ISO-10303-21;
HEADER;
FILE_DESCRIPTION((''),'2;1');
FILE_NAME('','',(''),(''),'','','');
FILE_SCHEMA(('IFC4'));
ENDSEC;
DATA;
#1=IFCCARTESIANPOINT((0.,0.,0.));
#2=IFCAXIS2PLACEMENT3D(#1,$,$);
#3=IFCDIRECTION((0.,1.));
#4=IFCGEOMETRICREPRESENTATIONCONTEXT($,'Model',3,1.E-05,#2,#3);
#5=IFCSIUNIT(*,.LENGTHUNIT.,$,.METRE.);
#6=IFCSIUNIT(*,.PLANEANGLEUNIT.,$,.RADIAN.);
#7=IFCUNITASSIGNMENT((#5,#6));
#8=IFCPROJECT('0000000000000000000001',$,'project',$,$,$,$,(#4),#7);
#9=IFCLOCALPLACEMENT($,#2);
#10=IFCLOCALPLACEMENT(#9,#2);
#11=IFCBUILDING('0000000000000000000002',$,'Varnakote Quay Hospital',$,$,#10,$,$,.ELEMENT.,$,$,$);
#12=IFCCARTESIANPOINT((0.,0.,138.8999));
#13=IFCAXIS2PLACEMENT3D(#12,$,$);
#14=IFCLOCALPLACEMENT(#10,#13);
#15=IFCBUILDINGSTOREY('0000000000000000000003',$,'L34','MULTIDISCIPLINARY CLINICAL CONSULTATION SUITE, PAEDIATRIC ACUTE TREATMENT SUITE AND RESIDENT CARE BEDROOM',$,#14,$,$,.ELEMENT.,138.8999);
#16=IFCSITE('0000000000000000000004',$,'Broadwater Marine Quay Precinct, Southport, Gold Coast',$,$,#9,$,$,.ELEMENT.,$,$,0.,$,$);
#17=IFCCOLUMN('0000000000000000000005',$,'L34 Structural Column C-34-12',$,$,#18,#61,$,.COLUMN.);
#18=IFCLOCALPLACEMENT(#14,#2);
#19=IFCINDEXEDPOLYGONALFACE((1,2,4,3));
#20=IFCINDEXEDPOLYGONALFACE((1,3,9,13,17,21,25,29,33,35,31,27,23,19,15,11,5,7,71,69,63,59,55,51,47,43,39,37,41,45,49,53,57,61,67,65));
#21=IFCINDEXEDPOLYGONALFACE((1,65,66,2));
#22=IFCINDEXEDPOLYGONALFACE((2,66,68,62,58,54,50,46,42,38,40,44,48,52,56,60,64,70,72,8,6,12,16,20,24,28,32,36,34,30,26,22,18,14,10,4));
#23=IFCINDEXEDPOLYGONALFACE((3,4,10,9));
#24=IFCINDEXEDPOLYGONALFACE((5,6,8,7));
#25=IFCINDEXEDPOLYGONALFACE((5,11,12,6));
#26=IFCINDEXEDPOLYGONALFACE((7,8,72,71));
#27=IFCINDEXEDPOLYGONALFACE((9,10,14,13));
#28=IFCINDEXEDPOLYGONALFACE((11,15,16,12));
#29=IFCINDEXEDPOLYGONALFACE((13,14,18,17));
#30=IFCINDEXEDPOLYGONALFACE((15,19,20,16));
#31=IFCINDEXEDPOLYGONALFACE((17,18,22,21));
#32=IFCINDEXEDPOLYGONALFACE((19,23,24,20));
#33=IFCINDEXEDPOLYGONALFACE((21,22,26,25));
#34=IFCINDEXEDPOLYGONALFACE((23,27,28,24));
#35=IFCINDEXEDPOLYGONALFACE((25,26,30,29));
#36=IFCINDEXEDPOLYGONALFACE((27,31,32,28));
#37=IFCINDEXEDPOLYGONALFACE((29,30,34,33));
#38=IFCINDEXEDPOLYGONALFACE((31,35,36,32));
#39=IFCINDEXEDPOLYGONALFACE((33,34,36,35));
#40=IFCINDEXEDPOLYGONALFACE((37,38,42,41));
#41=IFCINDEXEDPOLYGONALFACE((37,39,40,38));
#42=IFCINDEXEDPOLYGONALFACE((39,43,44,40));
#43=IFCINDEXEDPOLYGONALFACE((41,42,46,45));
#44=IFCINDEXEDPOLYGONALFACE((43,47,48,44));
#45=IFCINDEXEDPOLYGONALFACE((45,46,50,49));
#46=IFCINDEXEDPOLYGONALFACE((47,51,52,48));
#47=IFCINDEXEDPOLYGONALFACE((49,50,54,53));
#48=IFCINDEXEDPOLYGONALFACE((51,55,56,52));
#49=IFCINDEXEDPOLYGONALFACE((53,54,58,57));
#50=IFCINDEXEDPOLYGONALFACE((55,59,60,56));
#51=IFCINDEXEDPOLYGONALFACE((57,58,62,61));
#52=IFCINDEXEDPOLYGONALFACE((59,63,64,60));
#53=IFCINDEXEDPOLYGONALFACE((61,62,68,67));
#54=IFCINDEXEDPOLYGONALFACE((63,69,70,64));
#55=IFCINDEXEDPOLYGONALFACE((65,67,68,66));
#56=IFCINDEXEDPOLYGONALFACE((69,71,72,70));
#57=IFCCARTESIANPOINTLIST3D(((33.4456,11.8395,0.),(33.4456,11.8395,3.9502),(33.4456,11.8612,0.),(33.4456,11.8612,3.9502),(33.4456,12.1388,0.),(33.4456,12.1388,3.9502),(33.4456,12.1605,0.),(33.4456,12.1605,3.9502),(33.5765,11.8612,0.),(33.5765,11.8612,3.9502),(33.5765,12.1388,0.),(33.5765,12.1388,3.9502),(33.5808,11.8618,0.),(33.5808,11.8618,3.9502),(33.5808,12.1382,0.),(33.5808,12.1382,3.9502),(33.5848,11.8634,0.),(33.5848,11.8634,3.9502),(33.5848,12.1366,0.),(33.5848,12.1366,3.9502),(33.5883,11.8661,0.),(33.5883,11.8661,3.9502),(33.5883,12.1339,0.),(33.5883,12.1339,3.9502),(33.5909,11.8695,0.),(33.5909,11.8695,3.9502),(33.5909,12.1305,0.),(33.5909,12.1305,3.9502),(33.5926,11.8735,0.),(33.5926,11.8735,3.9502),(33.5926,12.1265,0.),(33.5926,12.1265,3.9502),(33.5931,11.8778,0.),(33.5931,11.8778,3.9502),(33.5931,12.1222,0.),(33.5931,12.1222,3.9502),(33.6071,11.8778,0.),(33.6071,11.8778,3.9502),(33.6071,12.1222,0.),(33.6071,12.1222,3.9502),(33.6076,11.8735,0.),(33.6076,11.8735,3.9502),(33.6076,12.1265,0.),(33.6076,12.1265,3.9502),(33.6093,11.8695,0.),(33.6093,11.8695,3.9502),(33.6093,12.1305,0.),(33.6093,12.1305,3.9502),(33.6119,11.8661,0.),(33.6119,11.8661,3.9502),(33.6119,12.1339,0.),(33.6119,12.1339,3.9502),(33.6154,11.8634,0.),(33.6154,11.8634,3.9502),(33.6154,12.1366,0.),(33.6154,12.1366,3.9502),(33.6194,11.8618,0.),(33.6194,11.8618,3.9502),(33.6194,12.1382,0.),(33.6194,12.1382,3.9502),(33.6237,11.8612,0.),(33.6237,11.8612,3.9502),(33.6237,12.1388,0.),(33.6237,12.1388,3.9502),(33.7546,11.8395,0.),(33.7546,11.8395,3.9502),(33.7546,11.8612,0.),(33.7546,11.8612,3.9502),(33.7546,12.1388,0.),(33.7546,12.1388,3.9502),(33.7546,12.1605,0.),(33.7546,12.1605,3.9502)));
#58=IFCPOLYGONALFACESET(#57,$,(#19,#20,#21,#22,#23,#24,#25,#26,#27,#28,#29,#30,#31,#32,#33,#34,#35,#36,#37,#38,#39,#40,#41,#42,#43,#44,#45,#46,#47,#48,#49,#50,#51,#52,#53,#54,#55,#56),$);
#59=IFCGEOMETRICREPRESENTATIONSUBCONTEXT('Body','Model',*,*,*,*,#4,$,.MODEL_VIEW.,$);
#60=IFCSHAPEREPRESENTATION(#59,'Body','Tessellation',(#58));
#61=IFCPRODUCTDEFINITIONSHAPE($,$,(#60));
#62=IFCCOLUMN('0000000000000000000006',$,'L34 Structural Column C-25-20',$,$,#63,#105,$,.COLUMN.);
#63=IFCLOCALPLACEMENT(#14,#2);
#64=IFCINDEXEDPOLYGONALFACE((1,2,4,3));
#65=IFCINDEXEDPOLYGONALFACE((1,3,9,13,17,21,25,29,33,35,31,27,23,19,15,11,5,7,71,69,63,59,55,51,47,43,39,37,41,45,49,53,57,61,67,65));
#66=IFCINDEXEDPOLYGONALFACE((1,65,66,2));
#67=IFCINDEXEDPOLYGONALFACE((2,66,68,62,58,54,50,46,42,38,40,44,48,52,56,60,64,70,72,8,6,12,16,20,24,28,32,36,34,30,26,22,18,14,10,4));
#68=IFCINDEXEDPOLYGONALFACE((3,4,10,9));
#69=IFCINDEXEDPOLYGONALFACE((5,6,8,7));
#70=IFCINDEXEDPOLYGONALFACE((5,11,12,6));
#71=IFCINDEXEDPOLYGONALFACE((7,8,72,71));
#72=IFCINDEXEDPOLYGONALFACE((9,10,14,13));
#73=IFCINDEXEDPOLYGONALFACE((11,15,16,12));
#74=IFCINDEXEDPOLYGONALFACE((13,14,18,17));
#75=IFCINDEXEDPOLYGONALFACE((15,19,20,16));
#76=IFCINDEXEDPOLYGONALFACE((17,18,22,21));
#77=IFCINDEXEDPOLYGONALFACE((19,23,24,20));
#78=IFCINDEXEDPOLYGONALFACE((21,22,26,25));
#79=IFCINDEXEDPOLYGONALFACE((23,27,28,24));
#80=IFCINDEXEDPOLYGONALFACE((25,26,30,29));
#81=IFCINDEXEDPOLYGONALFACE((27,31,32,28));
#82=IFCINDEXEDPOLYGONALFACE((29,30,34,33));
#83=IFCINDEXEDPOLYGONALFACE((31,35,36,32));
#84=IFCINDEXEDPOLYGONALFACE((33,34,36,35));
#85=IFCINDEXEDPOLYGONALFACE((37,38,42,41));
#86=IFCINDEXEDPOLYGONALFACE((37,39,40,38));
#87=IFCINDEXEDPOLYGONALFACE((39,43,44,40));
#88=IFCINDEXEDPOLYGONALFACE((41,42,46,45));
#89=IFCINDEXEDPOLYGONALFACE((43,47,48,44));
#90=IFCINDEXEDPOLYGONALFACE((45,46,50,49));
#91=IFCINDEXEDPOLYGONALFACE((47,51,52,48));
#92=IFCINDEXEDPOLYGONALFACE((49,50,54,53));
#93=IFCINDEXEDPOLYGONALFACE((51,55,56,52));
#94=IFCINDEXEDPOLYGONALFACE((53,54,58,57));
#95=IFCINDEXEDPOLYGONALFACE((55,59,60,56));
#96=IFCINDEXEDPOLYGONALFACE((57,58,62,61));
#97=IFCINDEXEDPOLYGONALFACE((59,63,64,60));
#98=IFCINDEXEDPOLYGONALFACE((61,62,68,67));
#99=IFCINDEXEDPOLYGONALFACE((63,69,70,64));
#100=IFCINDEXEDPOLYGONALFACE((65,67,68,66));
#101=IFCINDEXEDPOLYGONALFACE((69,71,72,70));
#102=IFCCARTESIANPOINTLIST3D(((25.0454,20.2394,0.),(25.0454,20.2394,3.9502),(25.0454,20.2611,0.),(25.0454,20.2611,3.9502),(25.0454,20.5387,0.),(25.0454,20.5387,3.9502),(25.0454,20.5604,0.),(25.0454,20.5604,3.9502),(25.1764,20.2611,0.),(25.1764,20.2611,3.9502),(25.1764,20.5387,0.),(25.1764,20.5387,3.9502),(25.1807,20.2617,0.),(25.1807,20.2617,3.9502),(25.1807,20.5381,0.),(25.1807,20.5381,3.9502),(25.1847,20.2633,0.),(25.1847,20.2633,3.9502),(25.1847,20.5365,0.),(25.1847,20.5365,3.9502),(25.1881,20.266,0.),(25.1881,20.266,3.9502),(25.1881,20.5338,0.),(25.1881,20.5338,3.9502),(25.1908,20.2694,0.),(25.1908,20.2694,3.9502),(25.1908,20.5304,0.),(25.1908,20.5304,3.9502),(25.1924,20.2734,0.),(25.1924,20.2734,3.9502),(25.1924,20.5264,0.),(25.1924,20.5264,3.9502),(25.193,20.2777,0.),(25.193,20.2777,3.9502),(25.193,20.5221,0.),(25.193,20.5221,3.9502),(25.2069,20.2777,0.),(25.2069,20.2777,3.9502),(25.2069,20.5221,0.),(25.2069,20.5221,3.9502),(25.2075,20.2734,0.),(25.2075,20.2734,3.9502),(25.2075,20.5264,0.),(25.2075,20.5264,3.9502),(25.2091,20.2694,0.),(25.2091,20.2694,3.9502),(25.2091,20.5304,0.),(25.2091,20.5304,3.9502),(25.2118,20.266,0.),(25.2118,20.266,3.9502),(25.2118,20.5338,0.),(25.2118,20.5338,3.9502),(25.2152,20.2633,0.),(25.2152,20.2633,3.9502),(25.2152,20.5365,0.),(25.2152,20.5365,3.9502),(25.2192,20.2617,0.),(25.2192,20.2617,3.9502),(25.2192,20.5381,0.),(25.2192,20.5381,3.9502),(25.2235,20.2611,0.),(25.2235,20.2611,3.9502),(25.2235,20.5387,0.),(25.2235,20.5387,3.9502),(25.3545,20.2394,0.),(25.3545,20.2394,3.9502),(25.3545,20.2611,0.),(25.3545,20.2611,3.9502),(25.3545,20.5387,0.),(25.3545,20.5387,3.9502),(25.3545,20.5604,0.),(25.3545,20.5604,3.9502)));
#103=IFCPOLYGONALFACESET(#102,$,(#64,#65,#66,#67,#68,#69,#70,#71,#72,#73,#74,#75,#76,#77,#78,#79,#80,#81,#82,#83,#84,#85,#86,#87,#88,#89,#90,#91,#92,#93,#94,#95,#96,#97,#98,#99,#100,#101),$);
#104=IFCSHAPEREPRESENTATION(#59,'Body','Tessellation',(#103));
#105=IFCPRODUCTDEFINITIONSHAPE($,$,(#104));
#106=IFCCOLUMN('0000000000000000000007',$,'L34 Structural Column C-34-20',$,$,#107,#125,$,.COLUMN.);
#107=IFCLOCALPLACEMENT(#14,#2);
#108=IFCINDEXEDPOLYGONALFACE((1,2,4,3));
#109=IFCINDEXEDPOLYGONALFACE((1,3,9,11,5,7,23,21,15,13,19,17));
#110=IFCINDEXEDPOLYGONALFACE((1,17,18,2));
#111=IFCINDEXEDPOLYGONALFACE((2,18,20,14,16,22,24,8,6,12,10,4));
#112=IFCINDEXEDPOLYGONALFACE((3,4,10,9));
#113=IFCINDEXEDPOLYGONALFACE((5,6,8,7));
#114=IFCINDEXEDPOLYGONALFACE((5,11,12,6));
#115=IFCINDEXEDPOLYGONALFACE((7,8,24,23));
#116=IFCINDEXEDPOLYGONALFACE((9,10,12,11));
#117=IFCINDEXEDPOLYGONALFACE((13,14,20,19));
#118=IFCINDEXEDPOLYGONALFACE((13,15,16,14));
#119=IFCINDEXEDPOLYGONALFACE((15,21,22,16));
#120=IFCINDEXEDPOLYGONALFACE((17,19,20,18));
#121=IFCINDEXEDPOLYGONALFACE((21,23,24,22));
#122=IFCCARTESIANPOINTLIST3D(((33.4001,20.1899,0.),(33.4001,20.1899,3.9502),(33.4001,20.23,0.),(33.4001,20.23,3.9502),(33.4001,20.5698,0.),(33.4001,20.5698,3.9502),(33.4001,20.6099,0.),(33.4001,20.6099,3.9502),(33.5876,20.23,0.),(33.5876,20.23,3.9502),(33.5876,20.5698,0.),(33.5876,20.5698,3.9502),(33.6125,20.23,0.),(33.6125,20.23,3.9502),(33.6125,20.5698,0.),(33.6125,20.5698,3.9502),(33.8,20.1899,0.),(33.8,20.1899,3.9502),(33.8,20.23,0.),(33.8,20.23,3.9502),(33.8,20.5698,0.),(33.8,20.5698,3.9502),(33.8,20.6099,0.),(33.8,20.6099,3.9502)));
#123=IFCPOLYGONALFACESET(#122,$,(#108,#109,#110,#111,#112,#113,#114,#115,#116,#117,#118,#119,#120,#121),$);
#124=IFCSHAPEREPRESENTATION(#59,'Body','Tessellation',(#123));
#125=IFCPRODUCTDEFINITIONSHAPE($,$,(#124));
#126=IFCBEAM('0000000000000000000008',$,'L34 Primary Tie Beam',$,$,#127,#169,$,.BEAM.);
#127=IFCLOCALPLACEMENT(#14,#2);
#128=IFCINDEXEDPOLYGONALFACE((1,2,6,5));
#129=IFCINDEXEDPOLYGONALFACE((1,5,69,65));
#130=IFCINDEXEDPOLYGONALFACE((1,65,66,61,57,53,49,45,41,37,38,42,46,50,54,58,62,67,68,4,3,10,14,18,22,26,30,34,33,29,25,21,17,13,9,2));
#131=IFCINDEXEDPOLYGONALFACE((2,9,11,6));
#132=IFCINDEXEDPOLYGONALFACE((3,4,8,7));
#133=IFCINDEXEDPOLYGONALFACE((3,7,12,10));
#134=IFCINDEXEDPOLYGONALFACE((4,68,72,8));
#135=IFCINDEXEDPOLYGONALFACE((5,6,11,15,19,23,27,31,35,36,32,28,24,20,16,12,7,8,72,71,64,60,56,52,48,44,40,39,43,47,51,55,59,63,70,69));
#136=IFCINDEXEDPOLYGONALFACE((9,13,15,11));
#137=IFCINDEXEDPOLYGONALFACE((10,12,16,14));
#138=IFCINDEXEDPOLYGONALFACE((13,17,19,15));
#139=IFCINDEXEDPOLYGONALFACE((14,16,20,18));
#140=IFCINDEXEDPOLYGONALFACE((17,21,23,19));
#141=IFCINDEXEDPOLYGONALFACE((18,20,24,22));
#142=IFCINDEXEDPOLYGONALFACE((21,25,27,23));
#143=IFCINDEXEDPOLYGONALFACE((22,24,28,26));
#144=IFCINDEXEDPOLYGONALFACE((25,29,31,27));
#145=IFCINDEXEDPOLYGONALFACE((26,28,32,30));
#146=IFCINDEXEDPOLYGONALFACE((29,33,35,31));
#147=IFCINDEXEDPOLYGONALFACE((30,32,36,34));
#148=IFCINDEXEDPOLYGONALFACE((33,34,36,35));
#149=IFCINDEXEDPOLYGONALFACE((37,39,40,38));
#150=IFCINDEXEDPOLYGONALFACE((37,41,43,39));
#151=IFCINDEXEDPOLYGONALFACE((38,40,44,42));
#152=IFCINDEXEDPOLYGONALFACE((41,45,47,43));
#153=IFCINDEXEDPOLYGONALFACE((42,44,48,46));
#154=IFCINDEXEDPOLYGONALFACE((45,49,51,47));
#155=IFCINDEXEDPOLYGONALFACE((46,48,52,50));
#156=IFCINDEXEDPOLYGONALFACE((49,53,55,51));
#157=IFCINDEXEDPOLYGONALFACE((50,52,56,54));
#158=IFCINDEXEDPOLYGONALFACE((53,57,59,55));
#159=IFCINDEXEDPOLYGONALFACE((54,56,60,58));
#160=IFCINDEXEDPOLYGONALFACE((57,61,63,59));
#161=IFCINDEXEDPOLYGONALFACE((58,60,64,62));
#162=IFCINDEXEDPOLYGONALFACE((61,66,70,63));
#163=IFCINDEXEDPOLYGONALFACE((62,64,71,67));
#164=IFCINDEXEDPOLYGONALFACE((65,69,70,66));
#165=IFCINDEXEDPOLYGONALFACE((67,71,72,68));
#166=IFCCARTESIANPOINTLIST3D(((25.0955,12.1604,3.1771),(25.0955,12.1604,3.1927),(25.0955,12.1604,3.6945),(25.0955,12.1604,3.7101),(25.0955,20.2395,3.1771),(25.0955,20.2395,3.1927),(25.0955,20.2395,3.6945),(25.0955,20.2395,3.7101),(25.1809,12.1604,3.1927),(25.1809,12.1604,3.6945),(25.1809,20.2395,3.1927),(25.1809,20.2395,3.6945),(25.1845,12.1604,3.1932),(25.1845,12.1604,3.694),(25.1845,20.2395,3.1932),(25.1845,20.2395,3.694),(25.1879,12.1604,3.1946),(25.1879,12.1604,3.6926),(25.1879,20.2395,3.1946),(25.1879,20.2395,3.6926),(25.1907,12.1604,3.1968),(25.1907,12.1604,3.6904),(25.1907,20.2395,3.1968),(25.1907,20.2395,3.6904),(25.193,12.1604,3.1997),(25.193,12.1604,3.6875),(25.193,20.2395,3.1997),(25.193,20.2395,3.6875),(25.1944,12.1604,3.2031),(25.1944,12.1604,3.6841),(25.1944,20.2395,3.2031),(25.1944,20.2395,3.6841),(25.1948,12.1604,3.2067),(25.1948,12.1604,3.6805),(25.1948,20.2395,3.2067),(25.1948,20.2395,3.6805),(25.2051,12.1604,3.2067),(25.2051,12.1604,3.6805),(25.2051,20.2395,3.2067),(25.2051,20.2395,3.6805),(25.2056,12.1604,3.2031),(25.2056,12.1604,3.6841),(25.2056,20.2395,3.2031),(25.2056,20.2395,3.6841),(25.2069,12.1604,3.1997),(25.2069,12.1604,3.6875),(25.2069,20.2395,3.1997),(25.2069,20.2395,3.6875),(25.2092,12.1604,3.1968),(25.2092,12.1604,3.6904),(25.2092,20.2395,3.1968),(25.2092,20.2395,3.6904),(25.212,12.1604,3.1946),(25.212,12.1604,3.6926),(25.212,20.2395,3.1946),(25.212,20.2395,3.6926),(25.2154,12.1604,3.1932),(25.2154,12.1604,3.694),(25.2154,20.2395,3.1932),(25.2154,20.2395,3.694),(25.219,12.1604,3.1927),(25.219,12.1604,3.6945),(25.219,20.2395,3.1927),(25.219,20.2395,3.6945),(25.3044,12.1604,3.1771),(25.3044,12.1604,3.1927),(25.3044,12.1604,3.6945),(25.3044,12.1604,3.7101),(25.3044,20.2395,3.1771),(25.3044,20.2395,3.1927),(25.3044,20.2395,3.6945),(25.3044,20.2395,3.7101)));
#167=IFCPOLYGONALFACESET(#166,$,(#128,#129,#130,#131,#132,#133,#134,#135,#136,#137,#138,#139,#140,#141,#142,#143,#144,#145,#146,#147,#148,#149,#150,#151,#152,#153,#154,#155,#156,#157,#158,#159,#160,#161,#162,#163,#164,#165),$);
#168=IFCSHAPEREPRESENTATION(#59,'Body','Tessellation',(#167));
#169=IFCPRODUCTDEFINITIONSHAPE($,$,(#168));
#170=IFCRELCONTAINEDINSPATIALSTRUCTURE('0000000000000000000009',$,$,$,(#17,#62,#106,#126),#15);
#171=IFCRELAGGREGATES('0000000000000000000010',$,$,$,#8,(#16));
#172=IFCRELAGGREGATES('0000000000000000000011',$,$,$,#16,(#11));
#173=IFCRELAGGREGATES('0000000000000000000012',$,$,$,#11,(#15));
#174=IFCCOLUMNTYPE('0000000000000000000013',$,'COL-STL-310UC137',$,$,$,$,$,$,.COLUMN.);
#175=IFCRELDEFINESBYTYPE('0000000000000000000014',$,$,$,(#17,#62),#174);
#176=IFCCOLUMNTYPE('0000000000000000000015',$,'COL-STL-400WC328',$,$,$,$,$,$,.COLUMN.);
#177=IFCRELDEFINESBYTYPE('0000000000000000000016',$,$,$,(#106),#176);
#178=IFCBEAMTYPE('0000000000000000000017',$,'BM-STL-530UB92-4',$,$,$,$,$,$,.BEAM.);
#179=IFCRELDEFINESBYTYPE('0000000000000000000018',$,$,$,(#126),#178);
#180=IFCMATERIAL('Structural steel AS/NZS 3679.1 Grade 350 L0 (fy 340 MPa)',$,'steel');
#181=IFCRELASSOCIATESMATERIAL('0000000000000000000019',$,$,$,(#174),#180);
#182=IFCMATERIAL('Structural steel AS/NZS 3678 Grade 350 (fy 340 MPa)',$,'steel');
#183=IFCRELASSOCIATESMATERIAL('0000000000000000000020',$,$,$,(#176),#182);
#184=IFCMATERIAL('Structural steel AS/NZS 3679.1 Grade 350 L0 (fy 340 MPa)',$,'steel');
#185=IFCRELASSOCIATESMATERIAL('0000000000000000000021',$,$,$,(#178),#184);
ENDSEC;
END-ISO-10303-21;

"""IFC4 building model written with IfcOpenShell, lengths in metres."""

from ifc_helpers import new_model, si_unit, direction, frame, origin, origin_2d, place, context, subcontext, project, spatial, i_section, extrude, material, material_profile, profile_set, type_object, element, save


model = new_model("IFC4")

# Units and contexts
model_context = context("Model", 3, precision=1e-05, world=origin(), true_north=direction((0.0, 1.0)))
body_context = subcontext(model_context, "Body", "Model", "MODEL_VIEW")
ifc_project = project(units=[si_unit("LENGTHUNIT", "METRE"), si_unit("PLANEANGLEUNIT", "RADIAN")], contexts=[model_context])

# Site, building, storey
site_placement = place(None, origin())
site = spatial("IfcSite", under=ifc_project, at=site_placement, Name="Broadwater Marine Quay Precinct, Southport, Gold Coast", CompositionType="ELEMENT", RefElevation=0.0)
building_placement = place(site_placement, origin())
building = spatial("IfcBuilding", under=site, at=building_placement, Name="Varnakote Quay Hospital", CompositionType="ELEMENT")
storey_placement = place(building_placement, frame((0.0, 0.0, 138.8999)))
storey = spatial("IfcBuildingStorey", under=building, at=storey_placement, Name="L34", Description="MULTIDISCIPLINARY CLINICAL CONSULTATION SUITE, PAEDIATRIC ACUTE TREATMENT SUITE AND RESIDENT CARE BEDROOM", CompositionType="ELEMENT", Elevation=138.8999)

# Columns
ifc_material_1 = material(Name="Structural steel AS/NZS 3679.1 Grade 350 L0 (fy 340 MPa)", Category="steel")
ifc_material_profile_1 = material_profile(ifc_material_1, i_section(OverallWidth=0.3091, OverallDepth=0.321, WebThickness=0.0139, FlangeThickness=0.0217, FilletRadius=0.0166, at=origin_2d()), Name="310UC137")
ifc_profile_set_1 = profile_set([ifc_material_profile_1], Name="Structural steel AS/NZS 3679.1 Grade 350 L0 (fy 340 MPa)")
column_type_1 = type_object("IfcColumnType", Name="COL-STL-310UC137", PredefinedType="COLUMN", material=ifc_profile_set_1)
for number, where, z_axis, x_axis, name in (
    (1, (33.6001, 12.0, 0.0), (0.0, 0.0, 1.0), (1.0, 0.0, 0.0), "L34 Structural Column C-34-12"),
    (2, (25.2, 20.3999, 0.0), (0.0, 0.0, 1.0), (1.0, 0.0, 0.0), "L34 Structural Column C-25-20"),
):
    element("IfcColumn", number, at=place(storey_placement, frame(where, z_axis=z_axis, x_axis=x_axis)), inside=storey, type_object=column_type_1, Name=name, PredefinedType="COLUMN", context=body_context, shape_type="SweptSolid", body=[
        extrude(i_section(OverallWidth=0.3091, OverallDepth=0.321, WebThickness=0.0139, FlangeThickness=0.0217, FilletRadius=0.0166, at=origin_2d()), origin(), (0.0, 0.0, 1.0), 3.9502),
    ])
ifc_material_2 = material(Name="Structural steel AS/NZS 3678 Grade 350 (fy 340 MPa)", Category="steel")
ifc_material_profile_2 = material_profile(ifc_material_2, i_section(OverallWidth=0.3999, OverallDepth=0.4199, WebThickness=0.0249, FlangeThickness=0.04, at=origin_2d()), Name="400WC328")
ifc_profile_set_2 = profile_set([ifc_material_profile_2], Name="Structural steel AS/NZS 3678 Grade 350 (fy 340 MPa)")
column_type_2 = type_object("IfcColumnType", Name="COL-STL-400WC328", PredefinedType="COLUMN", material=ifc_profile_set_2)
column_placement = place(storey_placement, frame((33.6001, 20.3999, 0.0), z_axis=(0.0, 0.0, 1.0), x_axis=(1.0, 0.0, 0.0)))
element("IfcColumn", 3, at=column_placement, inside=storey, type_object=column_type_2, Name="L34 Structural Column C-34-20", PredefinedType="COLUMN", context=body_context, shape_type="SweptSolid", body=[
    extrude(i_section(OverallWidth=0.3999, OverallDepth=0.4199, WebThickness=0.0249, FlangeThickness=0.04, at=origin_2d()), origin(), (0.0, 0.0, 1.0), 3.9502),
])

# Beam
ifc_material_3 = material(Name="Structural steel AS/NZS 3679.1 Grade 350 L0 (fy 340 MPa)", Category="steel")
ifc_material_profile_3 = material_profile(ifc_material_3, i_section(OverallWidth=0.209, OverallDepth=0.533, WebThickness=0.0103, FlangeThickness=0.0156, FilletRadius=0.0139, at=origin_2d()), Name="530UB92.4")
ifc_profile_set_3 = profile_set([ifc_material_profile_3], Name="Structural steel AS/NZS 3679.1 Grade 350 L0 (fy 340 MPa)")
beam_type_1 = type_object("IfcBeamType", Name="BM-STL-530UB92-4", PredefinedType="BEAM", material=ifc_profile_set_3)
beam_1_placement = place(storey_placement, frame((25.2, 12.1604, 3.4436), z_axis=(0.0, 1.0, 0.0), x_axis=(-1.0, 0.0, 0.0)))
element("IfcBeam", 4, at=beam_1_placement, inside=storey, type_object=beam_type_1, Name="L34 Primary Tie Beam", PredefinedType="BEAM", context=body_context, shape_type="SweptSolid", body=[
    extrude(i_section(OverallWidth=0.209, OverallDepth=0.533, WebThickness=0.0103, FlangeThickness=0.0156, FilletRadius=0.0139, at=origin_2d()), origin(), (0.0, 0.0, 1.0), 8.0791),
])

save(model, "model.ifc")
